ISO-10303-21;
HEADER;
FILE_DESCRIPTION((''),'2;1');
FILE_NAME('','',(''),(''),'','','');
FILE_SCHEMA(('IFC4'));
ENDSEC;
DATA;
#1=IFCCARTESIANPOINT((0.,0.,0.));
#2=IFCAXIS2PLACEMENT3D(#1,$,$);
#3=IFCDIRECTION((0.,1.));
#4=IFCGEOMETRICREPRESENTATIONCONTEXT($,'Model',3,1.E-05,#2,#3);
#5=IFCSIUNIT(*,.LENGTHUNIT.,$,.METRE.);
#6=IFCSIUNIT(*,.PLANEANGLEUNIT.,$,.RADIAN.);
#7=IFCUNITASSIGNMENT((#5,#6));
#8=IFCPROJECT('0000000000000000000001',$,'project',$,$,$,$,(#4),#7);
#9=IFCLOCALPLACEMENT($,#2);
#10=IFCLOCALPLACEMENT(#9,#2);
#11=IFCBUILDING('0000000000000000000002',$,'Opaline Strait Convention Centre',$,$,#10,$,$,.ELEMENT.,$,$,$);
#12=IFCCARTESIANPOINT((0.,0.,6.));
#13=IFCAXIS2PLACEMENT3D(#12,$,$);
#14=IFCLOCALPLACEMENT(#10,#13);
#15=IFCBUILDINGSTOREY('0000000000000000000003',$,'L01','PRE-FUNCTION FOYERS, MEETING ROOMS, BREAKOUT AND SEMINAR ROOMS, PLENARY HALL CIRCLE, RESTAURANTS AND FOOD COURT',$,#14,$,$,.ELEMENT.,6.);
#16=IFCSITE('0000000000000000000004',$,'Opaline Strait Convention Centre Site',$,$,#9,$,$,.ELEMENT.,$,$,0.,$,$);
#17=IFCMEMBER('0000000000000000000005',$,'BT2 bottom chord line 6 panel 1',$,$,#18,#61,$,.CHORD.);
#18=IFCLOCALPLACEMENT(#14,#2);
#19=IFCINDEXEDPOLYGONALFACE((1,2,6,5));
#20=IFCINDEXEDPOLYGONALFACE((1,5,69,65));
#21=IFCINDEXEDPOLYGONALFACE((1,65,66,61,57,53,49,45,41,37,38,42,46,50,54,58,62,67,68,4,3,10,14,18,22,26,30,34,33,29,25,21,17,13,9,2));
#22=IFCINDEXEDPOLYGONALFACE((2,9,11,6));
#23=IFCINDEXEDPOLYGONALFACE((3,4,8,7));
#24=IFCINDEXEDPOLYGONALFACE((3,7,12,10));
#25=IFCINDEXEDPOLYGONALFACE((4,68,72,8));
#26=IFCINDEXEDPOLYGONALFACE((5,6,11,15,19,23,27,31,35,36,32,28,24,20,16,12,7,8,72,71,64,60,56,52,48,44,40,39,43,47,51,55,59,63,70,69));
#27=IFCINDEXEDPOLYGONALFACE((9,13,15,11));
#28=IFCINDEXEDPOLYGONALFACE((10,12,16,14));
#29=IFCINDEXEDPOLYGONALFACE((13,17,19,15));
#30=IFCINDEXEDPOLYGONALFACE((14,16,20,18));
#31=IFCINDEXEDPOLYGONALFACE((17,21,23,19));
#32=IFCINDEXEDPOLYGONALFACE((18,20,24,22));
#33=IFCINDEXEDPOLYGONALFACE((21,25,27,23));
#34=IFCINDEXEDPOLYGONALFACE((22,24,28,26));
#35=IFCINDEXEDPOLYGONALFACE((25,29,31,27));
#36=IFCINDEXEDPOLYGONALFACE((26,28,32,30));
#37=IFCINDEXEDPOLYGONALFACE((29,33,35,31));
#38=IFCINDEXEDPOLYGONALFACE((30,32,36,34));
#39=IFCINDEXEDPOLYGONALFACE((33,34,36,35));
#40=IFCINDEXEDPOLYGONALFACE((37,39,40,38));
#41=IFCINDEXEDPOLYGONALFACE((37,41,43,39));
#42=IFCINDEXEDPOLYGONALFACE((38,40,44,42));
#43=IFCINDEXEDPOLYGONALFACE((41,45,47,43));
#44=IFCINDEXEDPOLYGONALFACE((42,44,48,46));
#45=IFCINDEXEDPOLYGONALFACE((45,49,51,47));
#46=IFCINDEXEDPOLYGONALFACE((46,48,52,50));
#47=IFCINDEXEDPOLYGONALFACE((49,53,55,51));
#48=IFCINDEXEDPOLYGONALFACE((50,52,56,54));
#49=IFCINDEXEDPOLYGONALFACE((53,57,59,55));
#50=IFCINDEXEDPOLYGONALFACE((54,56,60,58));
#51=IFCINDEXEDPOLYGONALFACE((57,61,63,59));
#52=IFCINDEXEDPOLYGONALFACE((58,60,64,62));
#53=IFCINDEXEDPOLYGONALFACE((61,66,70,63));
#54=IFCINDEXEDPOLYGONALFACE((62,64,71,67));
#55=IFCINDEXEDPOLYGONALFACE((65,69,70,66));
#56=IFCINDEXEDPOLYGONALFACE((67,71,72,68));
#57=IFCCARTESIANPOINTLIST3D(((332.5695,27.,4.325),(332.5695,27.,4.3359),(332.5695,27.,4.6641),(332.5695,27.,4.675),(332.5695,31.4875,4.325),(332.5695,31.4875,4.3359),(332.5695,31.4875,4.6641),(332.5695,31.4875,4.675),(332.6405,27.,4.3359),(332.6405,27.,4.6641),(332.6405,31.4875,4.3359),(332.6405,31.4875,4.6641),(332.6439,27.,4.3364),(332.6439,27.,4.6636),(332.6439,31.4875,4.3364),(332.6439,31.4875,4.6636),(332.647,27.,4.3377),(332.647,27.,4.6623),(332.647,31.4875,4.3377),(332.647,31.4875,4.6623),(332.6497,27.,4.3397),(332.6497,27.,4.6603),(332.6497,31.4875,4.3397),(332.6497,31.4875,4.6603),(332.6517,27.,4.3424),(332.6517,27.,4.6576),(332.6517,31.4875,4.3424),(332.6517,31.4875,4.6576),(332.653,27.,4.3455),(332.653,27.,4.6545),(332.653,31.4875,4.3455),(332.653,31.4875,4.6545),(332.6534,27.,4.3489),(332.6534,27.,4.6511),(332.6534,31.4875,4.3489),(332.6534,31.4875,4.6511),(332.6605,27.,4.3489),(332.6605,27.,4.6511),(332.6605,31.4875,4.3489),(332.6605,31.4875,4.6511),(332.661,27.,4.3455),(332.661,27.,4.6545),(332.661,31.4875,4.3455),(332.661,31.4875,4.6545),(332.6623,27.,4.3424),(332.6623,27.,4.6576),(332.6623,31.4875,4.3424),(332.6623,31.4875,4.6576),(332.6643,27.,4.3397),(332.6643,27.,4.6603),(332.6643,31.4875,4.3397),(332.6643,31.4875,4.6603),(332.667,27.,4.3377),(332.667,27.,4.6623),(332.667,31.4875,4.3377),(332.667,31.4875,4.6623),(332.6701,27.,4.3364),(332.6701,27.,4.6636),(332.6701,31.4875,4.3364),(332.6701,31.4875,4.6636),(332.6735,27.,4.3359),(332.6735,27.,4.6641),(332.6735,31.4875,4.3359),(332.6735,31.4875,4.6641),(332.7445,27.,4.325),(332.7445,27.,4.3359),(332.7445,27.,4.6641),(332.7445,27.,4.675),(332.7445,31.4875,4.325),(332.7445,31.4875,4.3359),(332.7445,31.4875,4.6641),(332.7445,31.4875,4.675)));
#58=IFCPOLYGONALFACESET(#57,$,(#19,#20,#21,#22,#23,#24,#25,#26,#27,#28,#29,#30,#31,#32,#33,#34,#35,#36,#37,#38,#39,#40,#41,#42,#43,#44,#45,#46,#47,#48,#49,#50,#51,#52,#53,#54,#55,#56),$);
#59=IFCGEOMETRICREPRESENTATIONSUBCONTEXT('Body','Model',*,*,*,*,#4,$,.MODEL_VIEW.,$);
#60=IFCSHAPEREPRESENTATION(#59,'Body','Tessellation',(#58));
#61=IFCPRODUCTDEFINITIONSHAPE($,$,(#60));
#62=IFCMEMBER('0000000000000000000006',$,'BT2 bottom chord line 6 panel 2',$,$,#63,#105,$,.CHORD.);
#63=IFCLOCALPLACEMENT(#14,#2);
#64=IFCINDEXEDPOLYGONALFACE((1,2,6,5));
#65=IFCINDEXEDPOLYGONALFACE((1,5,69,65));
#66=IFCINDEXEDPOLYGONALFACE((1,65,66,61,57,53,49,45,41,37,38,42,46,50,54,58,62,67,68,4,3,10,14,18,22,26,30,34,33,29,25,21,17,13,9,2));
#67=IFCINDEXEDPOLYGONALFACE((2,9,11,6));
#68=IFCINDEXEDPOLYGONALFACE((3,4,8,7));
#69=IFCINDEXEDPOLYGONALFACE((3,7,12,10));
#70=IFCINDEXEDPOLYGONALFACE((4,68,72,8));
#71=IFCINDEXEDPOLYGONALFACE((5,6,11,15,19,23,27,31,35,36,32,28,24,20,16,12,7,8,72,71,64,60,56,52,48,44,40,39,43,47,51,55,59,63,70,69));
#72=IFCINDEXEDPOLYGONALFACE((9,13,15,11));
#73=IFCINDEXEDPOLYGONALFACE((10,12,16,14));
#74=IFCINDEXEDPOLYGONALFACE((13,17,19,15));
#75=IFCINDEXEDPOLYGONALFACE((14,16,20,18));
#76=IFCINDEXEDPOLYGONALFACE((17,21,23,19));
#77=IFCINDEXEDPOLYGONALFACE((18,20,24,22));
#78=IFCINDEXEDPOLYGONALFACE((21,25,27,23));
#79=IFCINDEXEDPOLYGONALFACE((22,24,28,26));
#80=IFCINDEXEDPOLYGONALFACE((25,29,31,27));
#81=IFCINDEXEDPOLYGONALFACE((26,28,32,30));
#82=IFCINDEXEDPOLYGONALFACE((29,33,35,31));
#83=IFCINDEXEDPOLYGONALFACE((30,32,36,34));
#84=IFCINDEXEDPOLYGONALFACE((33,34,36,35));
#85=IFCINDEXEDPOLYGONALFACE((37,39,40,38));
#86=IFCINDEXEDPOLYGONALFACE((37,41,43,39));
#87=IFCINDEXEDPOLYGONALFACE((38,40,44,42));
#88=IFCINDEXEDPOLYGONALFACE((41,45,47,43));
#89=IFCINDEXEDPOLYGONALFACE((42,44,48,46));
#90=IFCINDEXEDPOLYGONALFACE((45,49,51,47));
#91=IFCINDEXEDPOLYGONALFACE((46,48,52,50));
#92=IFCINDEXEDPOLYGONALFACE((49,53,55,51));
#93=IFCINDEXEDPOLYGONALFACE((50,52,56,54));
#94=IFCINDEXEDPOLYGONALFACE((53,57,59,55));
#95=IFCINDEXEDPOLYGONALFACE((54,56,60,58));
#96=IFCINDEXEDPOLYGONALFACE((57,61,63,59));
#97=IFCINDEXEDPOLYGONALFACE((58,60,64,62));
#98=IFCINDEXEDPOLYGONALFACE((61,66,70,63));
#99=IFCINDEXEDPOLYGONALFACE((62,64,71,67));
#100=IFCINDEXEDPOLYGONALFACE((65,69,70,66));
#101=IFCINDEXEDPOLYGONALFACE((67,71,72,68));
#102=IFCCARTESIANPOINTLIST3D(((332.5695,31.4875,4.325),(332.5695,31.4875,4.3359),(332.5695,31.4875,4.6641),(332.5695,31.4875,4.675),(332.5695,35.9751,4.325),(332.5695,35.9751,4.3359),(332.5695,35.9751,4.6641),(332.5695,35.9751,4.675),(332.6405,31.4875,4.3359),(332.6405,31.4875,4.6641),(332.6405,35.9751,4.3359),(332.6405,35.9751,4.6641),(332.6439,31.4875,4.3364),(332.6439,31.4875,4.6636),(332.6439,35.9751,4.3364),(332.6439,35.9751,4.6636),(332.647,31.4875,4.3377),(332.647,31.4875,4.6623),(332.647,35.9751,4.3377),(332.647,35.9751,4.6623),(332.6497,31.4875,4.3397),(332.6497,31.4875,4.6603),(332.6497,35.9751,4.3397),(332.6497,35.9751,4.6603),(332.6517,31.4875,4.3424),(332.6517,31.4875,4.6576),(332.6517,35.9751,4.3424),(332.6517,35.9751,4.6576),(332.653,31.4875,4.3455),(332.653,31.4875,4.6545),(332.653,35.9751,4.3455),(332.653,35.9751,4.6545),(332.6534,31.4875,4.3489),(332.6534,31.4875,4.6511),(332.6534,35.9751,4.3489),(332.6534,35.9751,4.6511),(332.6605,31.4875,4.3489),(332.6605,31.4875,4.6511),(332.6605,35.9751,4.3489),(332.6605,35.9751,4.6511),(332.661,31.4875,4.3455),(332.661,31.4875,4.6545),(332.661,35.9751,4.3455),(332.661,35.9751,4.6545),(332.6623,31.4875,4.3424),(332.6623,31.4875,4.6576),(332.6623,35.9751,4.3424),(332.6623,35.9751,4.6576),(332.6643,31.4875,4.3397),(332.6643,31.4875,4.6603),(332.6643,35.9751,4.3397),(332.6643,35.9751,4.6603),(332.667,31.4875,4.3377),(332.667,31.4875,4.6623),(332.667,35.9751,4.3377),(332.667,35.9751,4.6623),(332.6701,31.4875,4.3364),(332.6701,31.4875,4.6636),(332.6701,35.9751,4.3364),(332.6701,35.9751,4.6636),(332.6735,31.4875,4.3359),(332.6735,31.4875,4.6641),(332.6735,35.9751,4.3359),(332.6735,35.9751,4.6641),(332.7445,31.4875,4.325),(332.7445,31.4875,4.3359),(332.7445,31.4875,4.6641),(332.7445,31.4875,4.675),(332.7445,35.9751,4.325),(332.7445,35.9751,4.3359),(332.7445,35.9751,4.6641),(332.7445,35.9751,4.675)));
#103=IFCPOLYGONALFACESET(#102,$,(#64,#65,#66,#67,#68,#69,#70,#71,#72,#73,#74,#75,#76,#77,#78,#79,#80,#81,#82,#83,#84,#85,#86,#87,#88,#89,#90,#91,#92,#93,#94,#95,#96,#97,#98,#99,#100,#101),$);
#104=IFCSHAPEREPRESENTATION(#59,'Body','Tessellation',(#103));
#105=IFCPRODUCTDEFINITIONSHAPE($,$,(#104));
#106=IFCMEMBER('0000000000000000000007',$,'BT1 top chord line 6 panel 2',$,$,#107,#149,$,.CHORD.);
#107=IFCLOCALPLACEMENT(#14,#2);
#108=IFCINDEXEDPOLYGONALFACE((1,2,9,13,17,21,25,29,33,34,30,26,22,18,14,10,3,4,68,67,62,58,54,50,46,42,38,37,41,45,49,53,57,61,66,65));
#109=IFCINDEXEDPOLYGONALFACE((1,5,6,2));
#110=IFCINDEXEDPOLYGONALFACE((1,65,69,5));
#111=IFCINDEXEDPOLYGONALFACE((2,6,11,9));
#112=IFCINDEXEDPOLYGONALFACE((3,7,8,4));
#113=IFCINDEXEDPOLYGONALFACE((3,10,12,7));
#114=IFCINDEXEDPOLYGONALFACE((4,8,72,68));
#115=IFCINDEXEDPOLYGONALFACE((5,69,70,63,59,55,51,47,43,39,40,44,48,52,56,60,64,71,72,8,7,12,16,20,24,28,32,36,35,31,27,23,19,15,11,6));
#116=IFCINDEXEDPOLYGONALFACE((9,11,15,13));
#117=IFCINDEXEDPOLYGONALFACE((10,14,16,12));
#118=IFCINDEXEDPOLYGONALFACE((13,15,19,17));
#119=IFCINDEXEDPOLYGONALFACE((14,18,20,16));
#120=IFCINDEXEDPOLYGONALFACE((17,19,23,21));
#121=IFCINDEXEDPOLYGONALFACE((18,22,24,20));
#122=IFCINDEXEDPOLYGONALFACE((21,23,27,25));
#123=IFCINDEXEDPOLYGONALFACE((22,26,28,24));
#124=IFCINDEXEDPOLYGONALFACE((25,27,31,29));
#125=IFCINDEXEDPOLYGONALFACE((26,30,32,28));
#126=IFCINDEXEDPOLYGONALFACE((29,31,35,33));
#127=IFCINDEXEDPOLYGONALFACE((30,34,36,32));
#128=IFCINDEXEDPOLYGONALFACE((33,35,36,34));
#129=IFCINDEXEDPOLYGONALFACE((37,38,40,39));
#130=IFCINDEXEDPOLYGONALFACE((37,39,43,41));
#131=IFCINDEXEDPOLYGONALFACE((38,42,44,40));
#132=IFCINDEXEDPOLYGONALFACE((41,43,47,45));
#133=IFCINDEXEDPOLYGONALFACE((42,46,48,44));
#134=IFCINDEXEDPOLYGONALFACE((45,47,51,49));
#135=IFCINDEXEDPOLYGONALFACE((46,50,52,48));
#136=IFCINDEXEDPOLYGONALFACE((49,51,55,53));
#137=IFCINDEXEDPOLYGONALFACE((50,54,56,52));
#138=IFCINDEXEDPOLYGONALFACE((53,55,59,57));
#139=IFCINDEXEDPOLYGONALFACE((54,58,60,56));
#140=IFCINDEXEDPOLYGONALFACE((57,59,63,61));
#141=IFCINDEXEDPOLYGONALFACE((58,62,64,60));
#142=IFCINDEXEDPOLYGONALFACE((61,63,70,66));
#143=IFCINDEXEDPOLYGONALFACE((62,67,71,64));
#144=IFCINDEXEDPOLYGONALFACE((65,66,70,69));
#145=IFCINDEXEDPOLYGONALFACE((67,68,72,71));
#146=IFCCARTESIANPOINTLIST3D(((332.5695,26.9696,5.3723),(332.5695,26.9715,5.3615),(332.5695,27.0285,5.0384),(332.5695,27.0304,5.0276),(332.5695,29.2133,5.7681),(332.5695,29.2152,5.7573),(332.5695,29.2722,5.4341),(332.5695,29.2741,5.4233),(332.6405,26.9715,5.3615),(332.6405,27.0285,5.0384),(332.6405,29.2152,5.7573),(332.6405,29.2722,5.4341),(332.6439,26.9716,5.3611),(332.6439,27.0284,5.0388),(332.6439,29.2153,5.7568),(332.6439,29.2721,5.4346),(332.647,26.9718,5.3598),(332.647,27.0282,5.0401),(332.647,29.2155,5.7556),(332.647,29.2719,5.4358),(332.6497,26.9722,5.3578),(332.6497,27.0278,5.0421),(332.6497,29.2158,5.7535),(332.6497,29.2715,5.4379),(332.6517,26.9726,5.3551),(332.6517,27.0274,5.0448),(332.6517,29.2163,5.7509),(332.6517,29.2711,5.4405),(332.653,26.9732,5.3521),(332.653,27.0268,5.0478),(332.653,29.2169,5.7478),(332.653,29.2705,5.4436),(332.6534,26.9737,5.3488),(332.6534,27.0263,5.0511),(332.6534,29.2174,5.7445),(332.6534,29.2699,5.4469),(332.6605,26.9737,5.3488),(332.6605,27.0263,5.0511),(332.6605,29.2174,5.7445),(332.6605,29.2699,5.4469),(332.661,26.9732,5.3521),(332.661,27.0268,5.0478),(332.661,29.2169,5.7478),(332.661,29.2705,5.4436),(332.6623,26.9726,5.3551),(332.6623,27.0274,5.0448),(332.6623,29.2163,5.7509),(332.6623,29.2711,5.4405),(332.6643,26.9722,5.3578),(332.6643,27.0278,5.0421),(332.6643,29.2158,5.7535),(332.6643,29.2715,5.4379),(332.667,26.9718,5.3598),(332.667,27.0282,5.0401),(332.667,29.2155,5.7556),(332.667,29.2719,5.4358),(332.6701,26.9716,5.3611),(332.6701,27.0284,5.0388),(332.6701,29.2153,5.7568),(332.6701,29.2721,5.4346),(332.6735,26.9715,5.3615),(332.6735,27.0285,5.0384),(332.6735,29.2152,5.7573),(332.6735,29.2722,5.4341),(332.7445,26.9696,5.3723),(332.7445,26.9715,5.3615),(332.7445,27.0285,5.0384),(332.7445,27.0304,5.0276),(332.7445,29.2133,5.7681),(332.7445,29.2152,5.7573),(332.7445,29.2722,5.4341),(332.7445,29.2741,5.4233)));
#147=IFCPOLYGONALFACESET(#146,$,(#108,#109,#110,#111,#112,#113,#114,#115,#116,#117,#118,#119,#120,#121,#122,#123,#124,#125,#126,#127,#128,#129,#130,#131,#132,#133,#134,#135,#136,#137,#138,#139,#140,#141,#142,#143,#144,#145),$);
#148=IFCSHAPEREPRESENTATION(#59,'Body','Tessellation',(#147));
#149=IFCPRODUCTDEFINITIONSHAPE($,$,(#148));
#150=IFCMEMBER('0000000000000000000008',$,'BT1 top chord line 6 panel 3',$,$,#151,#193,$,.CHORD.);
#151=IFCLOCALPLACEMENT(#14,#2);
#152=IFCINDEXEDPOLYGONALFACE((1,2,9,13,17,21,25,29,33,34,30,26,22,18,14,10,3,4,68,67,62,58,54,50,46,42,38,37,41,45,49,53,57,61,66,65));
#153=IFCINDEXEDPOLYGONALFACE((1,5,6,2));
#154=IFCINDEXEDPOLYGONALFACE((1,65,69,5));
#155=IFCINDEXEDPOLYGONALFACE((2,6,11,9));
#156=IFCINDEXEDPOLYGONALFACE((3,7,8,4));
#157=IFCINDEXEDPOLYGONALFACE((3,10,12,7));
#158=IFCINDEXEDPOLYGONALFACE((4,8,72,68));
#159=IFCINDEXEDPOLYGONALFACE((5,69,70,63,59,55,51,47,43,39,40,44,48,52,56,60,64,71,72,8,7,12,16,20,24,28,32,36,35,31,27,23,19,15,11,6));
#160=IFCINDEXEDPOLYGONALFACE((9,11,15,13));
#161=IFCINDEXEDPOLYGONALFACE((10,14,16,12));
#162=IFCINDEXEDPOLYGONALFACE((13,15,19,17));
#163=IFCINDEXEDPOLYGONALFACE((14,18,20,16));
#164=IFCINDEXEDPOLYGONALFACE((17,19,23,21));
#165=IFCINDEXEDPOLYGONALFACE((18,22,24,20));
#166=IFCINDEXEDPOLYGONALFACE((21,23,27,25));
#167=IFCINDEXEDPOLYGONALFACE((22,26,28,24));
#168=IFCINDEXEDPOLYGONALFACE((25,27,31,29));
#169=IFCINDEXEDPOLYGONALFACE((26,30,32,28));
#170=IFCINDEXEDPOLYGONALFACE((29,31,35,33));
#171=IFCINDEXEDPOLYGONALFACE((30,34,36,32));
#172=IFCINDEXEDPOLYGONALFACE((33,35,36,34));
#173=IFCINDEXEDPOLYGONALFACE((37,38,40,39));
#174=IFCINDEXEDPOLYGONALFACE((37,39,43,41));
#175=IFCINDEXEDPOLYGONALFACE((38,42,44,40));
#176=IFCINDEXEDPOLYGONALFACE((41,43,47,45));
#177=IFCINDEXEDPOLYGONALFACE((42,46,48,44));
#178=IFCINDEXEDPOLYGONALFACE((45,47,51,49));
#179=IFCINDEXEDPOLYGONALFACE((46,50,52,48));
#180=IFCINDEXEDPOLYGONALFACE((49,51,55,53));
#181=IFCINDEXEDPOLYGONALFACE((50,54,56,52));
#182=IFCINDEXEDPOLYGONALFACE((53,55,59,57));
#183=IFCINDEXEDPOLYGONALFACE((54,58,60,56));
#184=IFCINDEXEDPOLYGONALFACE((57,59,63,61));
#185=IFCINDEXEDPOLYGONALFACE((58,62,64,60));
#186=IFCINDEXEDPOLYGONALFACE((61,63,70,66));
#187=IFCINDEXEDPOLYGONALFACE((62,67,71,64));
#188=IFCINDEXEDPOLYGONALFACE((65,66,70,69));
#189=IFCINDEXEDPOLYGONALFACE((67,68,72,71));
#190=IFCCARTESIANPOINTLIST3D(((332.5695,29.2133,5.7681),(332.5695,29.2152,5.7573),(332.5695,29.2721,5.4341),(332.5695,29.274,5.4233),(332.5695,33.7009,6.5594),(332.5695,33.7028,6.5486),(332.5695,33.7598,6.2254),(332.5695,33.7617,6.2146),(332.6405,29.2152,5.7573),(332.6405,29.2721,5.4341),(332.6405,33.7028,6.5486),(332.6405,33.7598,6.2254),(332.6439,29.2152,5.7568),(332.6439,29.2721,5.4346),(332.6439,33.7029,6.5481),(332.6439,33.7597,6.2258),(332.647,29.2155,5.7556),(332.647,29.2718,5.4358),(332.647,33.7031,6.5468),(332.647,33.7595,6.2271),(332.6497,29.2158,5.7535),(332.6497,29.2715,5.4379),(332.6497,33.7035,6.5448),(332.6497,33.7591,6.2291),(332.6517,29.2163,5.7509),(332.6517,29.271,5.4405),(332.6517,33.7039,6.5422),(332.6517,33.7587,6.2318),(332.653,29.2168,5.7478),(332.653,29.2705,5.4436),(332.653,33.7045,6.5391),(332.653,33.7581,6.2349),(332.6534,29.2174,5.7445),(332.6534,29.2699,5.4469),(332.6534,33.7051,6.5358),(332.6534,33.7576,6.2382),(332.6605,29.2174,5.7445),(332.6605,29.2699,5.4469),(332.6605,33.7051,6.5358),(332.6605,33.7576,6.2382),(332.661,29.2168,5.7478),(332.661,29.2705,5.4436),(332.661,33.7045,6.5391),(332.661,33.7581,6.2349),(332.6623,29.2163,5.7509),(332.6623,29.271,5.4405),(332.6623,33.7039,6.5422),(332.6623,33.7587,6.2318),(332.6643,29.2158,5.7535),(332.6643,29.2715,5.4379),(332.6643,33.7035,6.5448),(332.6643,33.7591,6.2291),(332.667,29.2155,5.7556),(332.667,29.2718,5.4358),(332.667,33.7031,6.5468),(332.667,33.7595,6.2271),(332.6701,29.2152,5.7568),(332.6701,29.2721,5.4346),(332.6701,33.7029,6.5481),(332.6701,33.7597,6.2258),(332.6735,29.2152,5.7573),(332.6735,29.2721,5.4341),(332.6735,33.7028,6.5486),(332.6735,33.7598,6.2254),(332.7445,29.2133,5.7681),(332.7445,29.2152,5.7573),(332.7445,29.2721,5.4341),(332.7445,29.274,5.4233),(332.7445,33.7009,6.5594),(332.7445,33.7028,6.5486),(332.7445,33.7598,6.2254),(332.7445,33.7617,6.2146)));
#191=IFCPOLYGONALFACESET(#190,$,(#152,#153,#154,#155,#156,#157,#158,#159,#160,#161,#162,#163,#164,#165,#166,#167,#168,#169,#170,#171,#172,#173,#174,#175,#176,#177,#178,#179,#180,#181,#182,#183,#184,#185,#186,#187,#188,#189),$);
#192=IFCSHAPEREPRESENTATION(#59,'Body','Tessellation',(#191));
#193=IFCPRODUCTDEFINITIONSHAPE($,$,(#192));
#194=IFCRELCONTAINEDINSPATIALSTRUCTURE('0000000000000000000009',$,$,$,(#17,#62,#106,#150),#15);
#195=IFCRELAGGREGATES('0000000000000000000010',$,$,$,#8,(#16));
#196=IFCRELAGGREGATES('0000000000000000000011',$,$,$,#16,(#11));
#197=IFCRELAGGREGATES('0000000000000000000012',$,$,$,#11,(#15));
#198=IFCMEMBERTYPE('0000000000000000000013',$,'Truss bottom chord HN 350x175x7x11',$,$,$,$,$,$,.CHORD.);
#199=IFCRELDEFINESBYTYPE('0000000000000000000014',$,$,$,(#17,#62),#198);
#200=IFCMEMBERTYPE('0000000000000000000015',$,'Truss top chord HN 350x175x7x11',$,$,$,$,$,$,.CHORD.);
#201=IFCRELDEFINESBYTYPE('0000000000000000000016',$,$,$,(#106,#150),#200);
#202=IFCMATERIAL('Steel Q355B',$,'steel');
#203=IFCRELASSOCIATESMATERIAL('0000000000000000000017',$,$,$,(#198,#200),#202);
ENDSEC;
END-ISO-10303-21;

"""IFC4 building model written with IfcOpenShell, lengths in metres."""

from ifc_helpers import new_model, si_unit, direction, frame, origin, origin_2d, place, context, subcontext, project, spatial, i_section, extrude, material, material_profile, profile_set, type_object, element, save


model = new_model("IFC4")

# Units and contexts
model_context = context("Model", 3, precision=1e-05, world=origin(), true_north=direction((0.0, 1.0)))
body_context = subcontext(model_context, "Body", "Model", "MODEL_VIEW")
ifc_project = project(units=[si_unit("LENGTHUNIT", "METRE"), si_unit("PLANEANGLEUNIT", "RADIAN")], contexts=[model_context])

# Site, building, storey
site_placement = place(None, origin())
site = spatial("IfcSite", under=ifc_project, at=site_placement, Name="Opaline Strait Convention Centre Site", CompositionType="ELEMENT", RefElevation=0.0)
building_placement = place(site_placement, origin())
building = spatial("IfcBuilding", under=site, at=building_placement, Name="Opaline Strait Convention Centre", CompositionType="ELEMENT")
storey_placement = place(building_placement, frame((0.0, 0.0, 6.0)))
storey = spatial("IfcBuildingStorey", under=building, at=storey_placement, Name="L01", Description="PRE-FUNCTION FOYERS, MEETING ROOMS, BREAKOUT AND SEMINAR ROOMS, PLENARY HALL CIRCLE, RESTAURANTS AND FOOD COURT", CompositionType="ELEMENT", Elevation=6.0)

# Members
ifc_material_1 = material(Name="Steel Q355B", Category="steel")
ifc_material_profile_1 = material_profile(ifc_material_1, i_section(OverallWidth=0.175, OverallDepth=0.3501, WebThickness=0.0071, FlangeThickness=0.011, FilletRadius=0.0129, at=origin_2d()), Name="HN 350x175x7x11")
ifc_profile_set_1 = profile_set([ifc_material_profile_1], Name="Steel Q355B")
member_type_1 = type_object("IfcMemberType", Name="Truss bottom chord HN 350x175x7x11", PredefinedType="CHORD", material=ifc_profile_set_1)
for number, where, z_axis, x_axis, name in (
    (1, (332.657, 27.0, 4.5), (0.0, 1.0, 0.0), (-1.0, 0.0, 0.0), "BT2 bottom chord line 6 panel 1"),
    (2, (332.657, 31.4875, 4.5), (0.0, 1.0, 0.0), (-1.0, 0.0, 0.0), "BT2 bottom chord line 6 panel 2"),
):
    element("IfcMember", number, at=place(storey_placement, frame(where, z_axis=z_axis, x_axis=x_axis)), inside=storey, type_object=member_type_1, Name=name, PredefinedType="CHORD", context=body_context, shape_type="SweptSolid", body=[
        extrude(i_section(OverallWidth=0.175, OverallDepth=0.3501, WebThickness=0.0071, FlangeThickness=0.011, FilletRadius=0.0129, at=origin_2d()), origin(), (0.0, 0.0, 1.0), 4.4875),
    ])
ifc_material_profile_2 = material_profile(ifc_material_1, i_section(OverallWidth=0.175, OverallDepth=0.3501, WebThickness=0.0071, FlangeThickness=0.011, FilletRadius=0.0129, at=origin_2d()), Name="HN 350x175x7x11")
ifc_profile_set_2 = profile_set([ifc_material_profile_2], Name="Steel Q355B")
member_type_2 = type_object("IfcMemberType", Name="Truss top chord HN 350x175x7x11", PredefinedType="CHORD", material=ifc_profile_set_2)
member_1_placement = place(storey_placement, frame((332.657, 27.0, 5.2), z_axis=(0.0, 0.984798, 0.173706), x_axis=(-1.0, 0.0, 0.0)))
element("IfcMember", 3, at=member_1_placement, inside=storey, type_object=member_type_2, Name="BT1 top chord line 6 panel 2", PredefinedType="CHORD", context=body_context, shape_type="SweptSolid", body=[
    extrude(i_section(OverallWidth=0.175, OverallDepth=0.3501, WebThickness=0.0071, FlangeThickness=0.011, FilletRadius=0.0129, at=origin_2d()), origin(), (0.0, 0.0, 1.0), 2.2783),
])
member_2_placement = place(storey_placement, frame((332.657, 29.2437, 5.5957), z_axis=(0.0, 0.984808, 0.173645), x_axis=(-1.0, 0.0, 0.0)))
element("IfcMember", 4, at=member_2_placement, inside=storey, type_object=member_type_2, Name="BT1 top chord line 6 panel 3", PredefinedType="CHORD", context=body_context, shape_type="SweptSolid", body=[
    extrude(i_section(OverallWidth=0.175, OverallDepth=0.3501, WebThickness=0.0071, FlangeThickness=0.011, FilletRadius=0.0129, at=origin_2d()), origin(), (0.0, 0.0, 1.0), 4.5569),
])

save(model, "model.ifc")
